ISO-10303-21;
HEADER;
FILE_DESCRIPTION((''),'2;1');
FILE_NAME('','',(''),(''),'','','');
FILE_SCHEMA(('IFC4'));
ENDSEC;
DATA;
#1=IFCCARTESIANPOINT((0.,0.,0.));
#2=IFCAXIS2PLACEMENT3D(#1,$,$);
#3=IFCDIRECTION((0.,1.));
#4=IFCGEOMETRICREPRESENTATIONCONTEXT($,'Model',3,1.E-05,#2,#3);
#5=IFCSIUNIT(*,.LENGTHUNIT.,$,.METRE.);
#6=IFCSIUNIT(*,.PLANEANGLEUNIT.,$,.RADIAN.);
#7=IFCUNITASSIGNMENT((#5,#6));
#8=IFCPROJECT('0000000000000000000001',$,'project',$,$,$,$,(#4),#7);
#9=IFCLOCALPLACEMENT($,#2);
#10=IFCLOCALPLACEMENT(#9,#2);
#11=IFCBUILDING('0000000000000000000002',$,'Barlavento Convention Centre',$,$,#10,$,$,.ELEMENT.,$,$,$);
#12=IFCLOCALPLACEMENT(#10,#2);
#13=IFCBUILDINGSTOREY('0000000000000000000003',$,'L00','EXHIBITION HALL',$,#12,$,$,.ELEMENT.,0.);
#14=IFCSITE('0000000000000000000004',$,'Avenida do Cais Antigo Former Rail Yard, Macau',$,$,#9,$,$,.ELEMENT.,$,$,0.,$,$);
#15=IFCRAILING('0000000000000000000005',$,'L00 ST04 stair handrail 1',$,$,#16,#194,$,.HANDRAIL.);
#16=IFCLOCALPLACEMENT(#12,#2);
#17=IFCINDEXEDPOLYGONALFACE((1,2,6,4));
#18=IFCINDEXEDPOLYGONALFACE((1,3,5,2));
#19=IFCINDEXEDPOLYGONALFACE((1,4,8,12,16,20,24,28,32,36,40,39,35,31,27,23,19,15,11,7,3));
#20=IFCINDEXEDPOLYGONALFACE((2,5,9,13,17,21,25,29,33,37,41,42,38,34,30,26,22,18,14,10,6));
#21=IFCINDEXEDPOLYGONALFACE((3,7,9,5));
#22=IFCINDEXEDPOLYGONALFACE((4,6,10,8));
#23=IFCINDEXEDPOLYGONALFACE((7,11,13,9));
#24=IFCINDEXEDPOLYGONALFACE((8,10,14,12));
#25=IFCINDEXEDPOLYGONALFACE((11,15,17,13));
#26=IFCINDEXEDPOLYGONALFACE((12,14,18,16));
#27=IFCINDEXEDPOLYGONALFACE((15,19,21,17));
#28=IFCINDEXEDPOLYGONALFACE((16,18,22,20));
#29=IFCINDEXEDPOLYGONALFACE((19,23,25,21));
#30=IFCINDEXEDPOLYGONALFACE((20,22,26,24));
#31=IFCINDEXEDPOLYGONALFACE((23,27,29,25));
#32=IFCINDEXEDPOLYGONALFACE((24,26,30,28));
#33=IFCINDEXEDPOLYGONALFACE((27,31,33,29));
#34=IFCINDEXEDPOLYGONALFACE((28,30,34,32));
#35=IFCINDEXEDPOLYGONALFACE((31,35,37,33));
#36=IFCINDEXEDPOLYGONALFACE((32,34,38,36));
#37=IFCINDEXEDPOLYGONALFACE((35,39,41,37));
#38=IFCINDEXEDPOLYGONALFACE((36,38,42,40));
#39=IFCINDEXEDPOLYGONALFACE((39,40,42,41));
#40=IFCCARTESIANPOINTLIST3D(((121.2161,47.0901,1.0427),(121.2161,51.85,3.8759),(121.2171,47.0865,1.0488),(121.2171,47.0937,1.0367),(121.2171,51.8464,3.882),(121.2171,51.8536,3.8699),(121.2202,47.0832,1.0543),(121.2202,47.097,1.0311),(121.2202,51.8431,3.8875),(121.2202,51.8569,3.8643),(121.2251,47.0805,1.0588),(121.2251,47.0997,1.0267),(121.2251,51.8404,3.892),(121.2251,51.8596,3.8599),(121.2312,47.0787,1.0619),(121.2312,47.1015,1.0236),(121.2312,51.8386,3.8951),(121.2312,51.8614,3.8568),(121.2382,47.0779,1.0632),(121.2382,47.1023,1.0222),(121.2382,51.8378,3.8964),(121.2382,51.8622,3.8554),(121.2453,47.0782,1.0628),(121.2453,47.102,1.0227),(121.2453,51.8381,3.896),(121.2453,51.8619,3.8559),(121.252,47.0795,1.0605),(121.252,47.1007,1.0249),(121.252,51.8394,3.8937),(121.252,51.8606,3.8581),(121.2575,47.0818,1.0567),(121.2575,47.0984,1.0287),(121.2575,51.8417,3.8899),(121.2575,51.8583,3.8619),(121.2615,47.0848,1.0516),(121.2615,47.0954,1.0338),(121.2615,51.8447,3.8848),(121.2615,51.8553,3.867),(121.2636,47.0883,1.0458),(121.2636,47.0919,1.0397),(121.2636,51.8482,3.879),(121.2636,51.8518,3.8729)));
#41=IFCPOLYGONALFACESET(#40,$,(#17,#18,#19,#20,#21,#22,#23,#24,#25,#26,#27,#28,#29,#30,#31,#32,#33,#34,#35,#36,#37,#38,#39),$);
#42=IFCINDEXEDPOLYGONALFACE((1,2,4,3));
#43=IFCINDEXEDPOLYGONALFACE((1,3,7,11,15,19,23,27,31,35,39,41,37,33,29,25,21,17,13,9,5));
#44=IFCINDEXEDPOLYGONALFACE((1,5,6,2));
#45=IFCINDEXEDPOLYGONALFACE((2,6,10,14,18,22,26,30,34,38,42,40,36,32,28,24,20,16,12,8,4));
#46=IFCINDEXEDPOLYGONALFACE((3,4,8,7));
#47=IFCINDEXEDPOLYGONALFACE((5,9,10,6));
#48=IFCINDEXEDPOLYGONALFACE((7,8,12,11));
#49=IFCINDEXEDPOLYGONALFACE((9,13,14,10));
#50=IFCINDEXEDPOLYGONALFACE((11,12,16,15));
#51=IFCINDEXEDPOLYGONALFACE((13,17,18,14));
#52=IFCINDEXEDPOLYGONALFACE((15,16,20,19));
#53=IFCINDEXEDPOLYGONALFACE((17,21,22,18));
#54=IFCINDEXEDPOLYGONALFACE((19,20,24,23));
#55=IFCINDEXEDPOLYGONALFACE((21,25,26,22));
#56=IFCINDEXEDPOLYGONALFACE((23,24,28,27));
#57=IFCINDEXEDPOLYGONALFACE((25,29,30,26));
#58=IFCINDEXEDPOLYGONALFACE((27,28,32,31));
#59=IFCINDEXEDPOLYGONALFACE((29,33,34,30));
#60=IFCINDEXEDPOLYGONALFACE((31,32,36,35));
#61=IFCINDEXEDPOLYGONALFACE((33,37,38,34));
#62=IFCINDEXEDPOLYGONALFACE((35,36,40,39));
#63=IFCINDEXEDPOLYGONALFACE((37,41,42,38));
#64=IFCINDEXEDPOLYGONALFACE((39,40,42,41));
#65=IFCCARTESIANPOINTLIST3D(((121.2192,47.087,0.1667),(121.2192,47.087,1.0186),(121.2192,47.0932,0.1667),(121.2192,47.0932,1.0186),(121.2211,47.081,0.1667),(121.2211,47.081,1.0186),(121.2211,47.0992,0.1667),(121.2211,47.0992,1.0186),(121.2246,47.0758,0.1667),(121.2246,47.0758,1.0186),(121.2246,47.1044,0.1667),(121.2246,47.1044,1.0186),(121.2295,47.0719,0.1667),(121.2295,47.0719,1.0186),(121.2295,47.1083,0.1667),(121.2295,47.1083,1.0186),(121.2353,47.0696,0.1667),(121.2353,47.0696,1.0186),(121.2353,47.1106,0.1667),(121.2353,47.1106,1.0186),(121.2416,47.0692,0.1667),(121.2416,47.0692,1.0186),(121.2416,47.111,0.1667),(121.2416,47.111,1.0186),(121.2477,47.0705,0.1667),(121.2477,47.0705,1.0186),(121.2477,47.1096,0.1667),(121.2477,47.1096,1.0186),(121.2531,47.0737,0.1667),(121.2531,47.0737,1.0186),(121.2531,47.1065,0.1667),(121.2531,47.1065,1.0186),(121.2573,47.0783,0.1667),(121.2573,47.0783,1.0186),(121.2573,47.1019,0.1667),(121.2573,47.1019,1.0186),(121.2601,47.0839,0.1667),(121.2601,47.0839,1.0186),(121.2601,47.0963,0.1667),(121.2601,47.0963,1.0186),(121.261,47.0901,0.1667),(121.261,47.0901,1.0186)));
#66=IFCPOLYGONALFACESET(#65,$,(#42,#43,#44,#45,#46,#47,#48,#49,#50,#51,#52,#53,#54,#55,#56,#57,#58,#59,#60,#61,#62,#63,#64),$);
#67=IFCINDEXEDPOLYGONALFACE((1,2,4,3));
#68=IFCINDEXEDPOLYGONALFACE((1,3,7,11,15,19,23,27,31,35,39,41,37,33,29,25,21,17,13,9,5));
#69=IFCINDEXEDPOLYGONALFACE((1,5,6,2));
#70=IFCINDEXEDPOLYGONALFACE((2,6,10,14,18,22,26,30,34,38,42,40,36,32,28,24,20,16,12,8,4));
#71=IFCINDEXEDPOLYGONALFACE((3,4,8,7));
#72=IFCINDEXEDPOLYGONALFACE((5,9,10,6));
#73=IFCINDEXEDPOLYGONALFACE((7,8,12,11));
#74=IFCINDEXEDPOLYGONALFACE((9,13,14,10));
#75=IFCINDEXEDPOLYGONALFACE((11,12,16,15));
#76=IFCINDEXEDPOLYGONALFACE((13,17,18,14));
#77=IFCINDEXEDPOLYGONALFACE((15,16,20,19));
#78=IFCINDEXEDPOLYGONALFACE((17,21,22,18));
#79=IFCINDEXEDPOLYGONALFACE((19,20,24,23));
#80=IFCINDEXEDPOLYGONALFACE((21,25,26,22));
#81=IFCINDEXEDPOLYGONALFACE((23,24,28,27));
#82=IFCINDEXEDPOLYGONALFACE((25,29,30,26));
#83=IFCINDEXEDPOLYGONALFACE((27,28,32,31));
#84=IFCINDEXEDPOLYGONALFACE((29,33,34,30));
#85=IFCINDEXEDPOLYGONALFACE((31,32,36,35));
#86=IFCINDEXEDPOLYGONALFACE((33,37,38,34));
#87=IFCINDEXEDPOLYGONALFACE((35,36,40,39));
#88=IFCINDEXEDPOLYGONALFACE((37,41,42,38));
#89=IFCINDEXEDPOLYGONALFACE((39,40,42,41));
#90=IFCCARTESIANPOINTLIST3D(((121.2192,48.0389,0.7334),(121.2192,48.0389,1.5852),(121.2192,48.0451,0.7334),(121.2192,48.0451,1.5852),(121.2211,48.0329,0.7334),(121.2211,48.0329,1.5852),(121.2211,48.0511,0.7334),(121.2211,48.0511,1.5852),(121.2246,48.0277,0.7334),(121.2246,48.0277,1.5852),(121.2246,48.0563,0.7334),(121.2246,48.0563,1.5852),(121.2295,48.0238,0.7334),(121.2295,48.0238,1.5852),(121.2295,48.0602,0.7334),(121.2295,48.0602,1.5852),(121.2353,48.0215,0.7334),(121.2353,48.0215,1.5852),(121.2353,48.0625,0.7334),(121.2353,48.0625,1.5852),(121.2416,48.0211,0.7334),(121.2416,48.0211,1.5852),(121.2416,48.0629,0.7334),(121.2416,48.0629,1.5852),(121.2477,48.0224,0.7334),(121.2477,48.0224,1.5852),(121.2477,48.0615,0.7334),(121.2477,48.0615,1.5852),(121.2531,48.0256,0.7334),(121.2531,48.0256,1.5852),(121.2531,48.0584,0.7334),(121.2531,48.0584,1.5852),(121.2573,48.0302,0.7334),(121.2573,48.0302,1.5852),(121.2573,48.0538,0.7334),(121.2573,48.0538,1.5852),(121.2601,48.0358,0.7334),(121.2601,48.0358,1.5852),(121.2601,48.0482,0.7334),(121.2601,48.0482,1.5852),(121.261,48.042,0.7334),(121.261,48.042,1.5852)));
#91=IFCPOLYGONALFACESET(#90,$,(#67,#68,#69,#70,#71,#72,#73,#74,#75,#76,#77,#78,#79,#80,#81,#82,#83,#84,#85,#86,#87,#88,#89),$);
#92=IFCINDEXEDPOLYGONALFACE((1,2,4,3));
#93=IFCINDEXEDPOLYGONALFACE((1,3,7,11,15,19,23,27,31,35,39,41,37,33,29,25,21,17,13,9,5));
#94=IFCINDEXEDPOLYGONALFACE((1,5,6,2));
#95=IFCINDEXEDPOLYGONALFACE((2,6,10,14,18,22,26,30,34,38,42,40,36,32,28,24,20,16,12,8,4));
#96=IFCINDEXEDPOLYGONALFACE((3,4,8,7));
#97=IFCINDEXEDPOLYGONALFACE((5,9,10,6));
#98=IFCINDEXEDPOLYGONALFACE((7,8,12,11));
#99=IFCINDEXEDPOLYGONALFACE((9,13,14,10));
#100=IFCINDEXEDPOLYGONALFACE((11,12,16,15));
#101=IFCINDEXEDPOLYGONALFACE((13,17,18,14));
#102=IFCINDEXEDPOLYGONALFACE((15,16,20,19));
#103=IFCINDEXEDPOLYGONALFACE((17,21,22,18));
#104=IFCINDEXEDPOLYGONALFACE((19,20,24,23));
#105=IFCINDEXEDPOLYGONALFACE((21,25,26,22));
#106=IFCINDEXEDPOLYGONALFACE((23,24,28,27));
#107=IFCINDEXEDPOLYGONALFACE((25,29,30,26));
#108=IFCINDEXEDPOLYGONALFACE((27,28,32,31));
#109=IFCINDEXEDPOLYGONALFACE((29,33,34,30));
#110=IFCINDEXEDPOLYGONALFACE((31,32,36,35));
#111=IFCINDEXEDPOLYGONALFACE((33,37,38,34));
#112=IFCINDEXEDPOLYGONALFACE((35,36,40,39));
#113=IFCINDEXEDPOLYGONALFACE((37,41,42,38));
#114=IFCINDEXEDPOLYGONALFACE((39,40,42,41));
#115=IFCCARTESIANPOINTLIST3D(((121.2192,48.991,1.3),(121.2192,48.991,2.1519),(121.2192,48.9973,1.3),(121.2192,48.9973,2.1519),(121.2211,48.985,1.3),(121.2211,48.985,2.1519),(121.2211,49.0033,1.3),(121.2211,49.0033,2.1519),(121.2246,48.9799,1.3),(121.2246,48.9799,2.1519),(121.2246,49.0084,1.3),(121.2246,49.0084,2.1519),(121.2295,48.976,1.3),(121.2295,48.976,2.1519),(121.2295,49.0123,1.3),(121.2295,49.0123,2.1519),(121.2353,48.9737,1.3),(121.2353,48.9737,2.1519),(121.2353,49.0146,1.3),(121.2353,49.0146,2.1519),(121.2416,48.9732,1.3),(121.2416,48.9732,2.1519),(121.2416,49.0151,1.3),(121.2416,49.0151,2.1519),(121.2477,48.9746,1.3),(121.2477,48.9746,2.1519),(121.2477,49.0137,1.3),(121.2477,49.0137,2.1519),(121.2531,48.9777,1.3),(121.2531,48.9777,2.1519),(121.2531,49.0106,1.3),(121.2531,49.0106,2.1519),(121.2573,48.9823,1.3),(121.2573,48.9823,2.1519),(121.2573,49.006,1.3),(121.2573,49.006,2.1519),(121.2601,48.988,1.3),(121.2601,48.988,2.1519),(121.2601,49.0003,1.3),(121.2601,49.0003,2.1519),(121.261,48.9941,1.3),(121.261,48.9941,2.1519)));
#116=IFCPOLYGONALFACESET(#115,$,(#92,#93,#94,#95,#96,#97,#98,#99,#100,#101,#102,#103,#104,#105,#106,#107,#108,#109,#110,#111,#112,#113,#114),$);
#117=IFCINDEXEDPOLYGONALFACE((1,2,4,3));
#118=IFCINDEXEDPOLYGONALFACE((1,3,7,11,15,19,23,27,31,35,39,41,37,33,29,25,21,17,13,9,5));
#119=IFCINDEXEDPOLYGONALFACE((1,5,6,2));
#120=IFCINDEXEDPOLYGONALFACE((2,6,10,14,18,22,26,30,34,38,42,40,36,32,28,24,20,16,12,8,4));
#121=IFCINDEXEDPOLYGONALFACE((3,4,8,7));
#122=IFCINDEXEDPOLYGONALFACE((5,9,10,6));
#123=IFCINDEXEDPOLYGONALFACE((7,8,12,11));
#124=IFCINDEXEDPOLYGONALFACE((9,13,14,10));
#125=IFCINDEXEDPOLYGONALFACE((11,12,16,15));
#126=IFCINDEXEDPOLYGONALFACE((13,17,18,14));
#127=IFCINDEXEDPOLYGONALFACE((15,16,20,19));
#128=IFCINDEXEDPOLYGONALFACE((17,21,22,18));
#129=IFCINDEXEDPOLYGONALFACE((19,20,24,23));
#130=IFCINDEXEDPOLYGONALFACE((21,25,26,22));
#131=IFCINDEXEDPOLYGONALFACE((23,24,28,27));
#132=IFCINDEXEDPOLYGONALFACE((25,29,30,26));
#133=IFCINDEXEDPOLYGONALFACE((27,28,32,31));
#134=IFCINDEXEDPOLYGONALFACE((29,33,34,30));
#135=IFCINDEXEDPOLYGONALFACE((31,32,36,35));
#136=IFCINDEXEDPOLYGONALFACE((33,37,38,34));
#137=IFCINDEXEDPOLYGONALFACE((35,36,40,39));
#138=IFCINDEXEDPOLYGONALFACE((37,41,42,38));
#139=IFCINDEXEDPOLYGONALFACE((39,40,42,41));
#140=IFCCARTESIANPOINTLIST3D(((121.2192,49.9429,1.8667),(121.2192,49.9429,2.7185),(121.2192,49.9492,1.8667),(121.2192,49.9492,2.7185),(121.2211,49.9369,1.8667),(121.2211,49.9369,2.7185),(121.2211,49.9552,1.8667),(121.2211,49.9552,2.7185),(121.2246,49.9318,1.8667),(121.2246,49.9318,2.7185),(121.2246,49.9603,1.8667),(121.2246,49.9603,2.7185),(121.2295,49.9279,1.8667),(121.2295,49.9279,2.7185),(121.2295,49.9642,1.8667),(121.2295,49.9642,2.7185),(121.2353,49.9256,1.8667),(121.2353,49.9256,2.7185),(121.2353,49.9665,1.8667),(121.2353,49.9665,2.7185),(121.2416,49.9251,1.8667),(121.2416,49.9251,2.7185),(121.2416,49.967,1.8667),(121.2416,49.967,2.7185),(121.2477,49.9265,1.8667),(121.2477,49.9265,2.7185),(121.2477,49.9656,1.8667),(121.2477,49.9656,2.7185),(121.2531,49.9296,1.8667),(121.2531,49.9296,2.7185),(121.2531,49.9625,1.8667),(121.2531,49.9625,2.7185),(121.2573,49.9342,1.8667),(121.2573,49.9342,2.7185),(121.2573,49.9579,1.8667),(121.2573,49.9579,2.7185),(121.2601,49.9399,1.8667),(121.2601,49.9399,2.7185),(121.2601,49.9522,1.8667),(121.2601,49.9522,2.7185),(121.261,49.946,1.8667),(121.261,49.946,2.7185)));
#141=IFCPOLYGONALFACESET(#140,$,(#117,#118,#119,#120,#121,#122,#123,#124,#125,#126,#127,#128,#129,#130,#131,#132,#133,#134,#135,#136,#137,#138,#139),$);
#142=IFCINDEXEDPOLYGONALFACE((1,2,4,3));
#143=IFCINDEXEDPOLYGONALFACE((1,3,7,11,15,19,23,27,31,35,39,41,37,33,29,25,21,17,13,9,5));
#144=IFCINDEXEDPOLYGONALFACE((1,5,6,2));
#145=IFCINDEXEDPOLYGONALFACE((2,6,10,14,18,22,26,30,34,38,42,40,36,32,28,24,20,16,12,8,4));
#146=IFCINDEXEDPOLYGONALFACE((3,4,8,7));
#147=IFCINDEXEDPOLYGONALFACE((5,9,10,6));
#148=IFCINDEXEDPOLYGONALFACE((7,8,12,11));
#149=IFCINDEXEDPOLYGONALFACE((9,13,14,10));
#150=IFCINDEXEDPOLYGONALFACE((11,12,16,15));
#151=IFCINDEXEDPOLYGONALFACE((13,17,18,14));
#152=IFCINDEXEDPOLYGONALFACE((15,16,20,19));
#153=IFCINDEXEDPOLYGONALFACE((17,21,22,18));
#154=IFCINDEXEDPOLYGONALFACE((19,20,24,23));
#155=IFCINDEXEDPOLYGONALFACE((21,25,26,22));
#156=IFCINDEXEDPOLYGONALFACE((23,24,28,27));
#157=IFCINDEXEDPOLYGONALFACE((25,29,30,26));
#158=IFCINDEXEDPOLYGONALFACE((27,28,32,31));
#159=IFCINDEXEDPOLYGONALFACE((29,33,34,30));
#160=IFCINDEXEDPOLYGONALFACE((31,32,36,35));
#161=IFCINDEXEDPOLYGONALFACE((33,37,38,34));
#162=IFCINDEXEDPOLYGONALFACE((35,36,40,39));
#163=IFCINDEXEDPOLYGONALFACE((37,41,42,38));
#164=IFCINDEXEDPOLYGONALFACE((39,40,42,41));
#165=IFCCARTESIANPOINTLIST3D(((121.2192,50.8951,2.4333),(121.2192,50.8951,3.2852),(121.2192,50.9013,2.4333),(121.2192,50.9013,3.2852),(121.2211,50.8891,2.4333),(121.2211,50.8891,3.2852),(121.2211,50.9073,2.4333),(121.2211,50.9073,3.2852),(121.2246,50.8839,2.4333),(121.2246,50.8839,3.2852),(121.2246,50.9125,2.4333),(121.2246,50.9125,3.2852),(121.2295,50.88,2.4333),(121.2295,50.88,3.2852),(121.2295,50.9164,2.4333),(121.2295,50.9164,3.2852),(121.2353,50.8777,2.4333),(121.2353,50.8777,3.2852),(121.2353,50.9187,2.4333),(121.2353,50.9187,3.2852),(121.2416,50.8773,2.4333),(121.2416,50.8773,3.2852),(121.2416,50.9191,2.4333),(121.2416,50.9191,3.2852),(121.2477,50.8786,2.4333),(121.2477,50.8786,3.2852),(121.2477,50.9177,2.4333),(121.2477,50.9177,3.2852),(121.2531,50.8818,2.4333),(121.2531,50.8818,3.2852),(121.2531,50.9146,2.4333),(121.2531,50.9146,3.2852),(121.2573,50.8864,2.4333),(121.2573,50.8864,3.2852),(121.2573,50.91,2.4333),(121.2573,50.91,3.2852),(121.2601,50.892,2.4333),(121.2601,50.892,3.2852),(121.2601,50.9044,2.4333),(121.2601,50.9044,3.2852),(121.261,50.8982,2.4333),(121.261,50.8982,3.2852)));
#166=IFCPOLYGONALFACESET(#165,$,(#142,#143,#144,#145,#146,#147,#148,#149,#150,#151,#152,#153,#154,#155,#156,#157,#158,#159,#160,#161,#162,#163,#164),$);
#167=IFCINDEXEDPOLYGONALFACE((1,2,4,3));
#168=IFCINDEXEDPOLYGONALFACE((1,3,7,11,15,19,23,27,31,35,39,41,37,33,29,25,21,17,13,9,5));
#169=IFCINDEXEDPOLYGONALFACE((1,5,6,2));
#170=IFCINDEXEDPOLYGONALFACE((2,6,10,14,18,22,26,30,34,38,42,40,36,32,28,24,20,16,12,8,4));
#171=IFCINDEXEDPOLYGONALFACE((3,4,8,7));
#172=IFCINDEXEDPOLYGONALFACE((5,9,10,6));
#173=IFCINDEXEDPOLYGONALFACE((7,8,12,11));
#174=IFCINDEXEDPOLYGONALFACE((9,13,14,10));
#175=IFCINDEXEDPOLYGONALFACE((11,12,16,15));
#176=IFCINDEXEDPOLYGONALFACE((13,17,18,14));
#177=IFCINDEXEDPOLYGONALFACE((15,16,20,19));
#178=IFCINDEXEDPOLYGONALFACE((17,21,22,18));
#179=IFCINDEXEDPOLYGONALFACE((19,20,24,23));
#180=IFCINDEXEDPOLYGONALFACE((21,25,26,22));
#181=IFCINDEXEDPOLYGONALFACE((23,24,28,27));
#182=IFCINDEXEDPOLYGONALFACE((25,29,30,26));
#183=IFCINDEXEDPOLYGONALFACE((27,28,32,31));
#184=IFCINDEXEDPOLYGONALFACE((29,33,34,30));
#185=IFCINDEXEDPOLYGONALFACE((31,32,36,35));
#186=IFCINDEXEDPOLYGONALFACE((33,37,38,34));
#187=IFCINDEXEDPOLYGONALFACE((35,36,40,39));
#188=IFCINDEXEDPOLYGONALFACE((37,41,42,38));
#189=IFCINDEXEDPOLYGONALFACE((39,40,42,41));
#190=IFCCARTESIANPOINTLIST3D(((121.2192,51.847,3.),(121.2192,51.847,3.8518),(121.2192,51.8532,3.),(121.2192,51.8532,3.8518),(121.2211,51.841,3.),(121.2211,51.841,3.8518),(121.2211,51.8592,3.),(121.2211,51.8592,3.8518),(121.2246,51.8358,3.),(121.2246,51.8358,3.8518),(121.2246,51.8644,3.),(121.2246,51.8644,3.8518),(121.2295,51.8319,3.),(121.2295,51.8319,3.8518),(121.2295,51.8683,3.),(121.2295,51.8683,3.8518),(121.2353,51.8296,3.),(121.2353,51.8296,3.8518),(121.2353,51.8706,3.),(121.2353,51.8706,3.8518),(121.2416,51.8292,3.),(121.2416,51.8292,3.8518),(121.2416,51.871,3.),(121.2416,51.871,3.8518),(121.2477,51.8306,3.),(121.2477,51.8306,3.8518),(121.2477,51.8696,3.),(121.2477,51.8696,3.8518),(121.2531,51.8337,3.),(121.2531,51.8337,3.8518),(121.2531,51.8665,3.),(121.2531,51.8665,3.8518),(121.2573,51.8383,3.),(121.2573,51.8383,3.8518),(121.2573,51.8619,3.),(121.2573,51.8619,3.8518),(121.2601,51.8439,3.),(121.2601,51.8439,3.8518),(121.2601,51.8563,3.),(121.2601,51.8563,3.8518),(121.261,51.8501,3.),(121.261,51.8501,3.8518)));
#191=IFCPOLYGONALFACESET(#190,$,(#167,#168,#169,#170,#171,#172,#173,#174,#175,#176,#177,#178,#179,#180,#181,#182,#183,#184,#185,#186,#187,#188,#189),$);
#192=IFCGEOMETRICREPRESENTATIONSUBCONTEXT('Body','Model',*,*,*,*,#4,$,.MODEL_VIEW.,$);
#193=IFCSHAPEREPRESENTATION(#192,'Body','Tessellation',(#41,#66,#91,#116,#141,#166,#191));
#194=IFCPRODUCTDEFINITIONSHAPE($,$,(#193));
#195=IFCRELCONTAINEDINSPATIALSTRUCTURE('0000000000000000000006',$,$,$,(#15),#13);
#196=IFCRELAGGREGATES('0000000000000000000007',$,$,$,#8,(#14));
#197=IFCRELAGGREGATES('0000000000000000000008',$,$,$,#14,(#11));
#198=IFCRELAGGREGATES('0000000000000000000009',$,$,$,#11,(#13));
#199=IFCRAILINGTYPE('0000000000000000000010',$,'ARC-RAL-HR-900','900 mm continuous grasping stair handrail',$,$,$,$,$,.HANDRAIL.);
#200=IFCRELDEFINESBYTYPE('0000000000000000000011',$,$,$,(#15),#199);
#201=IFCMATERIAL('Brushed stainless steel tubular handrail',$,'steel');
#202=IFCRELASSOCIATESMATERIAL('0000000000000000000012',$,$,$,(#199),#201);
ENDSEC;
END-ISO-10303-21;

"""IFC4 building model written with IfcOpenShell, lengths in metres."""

from ifc_helpers import new_model, si_unit, direction, frame, origin, origin_2d, place, context, subcontext, project, spatial, circle, extrude, material, type_object, element, save


model = new_model("IFC4")

# Units and contexts
model_context = context("Model", 3, precision=1e-05, world=origin(), true_north=direction((0.0, 1.0)))
body_context = subcontext(model_context, "Body", "Model", "MODEL_VIEW")
ifc_project = project(units=[si_unit("LENGTHUNIT", "METRE"), si_unit("PLANEANGLEUNIT", "RADIAN")], contexts=[model_context])

# Site, building, storey
site_placement = place(None, origin())
site = spatial("IfcSite", under=ifc_project, at=site_placement, Name="Avenida do Cais Antigo Former Rail Yard, Macau", CompositionType="ELEMENT", RefElevation=0.0)
building_placement = place(site_placement, origin())
building = spatial("IfcBuilding", under=site, at=building_placement, Name="Barlavento Convention Centre", CompositionType="ELEMENT")
storey_placement = place(building_placement, origin())
storey = spatial("IfcBuildingStorey", under=building, at=storey_placement, Name="L00", Description="EXHIBITION HALL", CompositionType="ELEMENT", Elevation=0.0)

# Railing
ifc_material_1 = material(Name="Brushed stainless steel tubular handrail", Category="steel")
railing_type_1 = type_object("IfcRailingType", Name="ARC-RAL-HR-900", Description="900 mm continuous grasping stair handrail", PredefinedType="HANDRAIL", material=ifc_material_1)
railing_1_placement = place(storey_placement, frame((121.24, 47.0901, 0.1667)))
element("IfcRailing", 1, at=railing_1_placement, inside=storey, type_object=railing_type_1, Name="L00 ST04 stair handrail 1", PredefinedType="HANDRAIL", context=body_context, shape_type="SweptSolid", body=[
    extrude(circle(Radius=0.0239, at=origin_2d()), frame((0.0, 0.0, 0.876), z_axis=(0.0, 0.8593, 0.511472), x_axis=(-1.0, 0.0, 0.0)), (0.0, 0.0, 1.0), 5.5393),
    extrude(circle(Radius=0.021, at=origin_2d()), origin(), (0.0, 0.0, 1.0), 0.8518),
    extrude(circle(Radius=0.021, at=origin_2d()), frame((0.0, 0.9519, 0.5667)), (0.0, 0.0, 1.0), 0.8518),
    extrude(circle(Radius=0.021, at=origin_2d()), frame((0.0, 1.9041, 1.1333)), (0.0, 0.0, 1.0), 0.8518),
    extrude(circle(Radius=0.021, at=origin_2d()), frame((0.0, 2.856, 1.7)), (0.0, 0.0, 1.0), 0.8518),
    extrude(circle(Radius=0.021, at=origin_2d()), frame((0.0, 3.8081, 2.2666)), (0.0, 0.0, 1.0), 0.8518),
    extrude(circle(Radius=0.021, at=origin_2d()), frame((0.0, 4.76, 2.8333)), (0.0, 0.0, 1.0), 0.8518),
])

save(model, "model.ifc")
